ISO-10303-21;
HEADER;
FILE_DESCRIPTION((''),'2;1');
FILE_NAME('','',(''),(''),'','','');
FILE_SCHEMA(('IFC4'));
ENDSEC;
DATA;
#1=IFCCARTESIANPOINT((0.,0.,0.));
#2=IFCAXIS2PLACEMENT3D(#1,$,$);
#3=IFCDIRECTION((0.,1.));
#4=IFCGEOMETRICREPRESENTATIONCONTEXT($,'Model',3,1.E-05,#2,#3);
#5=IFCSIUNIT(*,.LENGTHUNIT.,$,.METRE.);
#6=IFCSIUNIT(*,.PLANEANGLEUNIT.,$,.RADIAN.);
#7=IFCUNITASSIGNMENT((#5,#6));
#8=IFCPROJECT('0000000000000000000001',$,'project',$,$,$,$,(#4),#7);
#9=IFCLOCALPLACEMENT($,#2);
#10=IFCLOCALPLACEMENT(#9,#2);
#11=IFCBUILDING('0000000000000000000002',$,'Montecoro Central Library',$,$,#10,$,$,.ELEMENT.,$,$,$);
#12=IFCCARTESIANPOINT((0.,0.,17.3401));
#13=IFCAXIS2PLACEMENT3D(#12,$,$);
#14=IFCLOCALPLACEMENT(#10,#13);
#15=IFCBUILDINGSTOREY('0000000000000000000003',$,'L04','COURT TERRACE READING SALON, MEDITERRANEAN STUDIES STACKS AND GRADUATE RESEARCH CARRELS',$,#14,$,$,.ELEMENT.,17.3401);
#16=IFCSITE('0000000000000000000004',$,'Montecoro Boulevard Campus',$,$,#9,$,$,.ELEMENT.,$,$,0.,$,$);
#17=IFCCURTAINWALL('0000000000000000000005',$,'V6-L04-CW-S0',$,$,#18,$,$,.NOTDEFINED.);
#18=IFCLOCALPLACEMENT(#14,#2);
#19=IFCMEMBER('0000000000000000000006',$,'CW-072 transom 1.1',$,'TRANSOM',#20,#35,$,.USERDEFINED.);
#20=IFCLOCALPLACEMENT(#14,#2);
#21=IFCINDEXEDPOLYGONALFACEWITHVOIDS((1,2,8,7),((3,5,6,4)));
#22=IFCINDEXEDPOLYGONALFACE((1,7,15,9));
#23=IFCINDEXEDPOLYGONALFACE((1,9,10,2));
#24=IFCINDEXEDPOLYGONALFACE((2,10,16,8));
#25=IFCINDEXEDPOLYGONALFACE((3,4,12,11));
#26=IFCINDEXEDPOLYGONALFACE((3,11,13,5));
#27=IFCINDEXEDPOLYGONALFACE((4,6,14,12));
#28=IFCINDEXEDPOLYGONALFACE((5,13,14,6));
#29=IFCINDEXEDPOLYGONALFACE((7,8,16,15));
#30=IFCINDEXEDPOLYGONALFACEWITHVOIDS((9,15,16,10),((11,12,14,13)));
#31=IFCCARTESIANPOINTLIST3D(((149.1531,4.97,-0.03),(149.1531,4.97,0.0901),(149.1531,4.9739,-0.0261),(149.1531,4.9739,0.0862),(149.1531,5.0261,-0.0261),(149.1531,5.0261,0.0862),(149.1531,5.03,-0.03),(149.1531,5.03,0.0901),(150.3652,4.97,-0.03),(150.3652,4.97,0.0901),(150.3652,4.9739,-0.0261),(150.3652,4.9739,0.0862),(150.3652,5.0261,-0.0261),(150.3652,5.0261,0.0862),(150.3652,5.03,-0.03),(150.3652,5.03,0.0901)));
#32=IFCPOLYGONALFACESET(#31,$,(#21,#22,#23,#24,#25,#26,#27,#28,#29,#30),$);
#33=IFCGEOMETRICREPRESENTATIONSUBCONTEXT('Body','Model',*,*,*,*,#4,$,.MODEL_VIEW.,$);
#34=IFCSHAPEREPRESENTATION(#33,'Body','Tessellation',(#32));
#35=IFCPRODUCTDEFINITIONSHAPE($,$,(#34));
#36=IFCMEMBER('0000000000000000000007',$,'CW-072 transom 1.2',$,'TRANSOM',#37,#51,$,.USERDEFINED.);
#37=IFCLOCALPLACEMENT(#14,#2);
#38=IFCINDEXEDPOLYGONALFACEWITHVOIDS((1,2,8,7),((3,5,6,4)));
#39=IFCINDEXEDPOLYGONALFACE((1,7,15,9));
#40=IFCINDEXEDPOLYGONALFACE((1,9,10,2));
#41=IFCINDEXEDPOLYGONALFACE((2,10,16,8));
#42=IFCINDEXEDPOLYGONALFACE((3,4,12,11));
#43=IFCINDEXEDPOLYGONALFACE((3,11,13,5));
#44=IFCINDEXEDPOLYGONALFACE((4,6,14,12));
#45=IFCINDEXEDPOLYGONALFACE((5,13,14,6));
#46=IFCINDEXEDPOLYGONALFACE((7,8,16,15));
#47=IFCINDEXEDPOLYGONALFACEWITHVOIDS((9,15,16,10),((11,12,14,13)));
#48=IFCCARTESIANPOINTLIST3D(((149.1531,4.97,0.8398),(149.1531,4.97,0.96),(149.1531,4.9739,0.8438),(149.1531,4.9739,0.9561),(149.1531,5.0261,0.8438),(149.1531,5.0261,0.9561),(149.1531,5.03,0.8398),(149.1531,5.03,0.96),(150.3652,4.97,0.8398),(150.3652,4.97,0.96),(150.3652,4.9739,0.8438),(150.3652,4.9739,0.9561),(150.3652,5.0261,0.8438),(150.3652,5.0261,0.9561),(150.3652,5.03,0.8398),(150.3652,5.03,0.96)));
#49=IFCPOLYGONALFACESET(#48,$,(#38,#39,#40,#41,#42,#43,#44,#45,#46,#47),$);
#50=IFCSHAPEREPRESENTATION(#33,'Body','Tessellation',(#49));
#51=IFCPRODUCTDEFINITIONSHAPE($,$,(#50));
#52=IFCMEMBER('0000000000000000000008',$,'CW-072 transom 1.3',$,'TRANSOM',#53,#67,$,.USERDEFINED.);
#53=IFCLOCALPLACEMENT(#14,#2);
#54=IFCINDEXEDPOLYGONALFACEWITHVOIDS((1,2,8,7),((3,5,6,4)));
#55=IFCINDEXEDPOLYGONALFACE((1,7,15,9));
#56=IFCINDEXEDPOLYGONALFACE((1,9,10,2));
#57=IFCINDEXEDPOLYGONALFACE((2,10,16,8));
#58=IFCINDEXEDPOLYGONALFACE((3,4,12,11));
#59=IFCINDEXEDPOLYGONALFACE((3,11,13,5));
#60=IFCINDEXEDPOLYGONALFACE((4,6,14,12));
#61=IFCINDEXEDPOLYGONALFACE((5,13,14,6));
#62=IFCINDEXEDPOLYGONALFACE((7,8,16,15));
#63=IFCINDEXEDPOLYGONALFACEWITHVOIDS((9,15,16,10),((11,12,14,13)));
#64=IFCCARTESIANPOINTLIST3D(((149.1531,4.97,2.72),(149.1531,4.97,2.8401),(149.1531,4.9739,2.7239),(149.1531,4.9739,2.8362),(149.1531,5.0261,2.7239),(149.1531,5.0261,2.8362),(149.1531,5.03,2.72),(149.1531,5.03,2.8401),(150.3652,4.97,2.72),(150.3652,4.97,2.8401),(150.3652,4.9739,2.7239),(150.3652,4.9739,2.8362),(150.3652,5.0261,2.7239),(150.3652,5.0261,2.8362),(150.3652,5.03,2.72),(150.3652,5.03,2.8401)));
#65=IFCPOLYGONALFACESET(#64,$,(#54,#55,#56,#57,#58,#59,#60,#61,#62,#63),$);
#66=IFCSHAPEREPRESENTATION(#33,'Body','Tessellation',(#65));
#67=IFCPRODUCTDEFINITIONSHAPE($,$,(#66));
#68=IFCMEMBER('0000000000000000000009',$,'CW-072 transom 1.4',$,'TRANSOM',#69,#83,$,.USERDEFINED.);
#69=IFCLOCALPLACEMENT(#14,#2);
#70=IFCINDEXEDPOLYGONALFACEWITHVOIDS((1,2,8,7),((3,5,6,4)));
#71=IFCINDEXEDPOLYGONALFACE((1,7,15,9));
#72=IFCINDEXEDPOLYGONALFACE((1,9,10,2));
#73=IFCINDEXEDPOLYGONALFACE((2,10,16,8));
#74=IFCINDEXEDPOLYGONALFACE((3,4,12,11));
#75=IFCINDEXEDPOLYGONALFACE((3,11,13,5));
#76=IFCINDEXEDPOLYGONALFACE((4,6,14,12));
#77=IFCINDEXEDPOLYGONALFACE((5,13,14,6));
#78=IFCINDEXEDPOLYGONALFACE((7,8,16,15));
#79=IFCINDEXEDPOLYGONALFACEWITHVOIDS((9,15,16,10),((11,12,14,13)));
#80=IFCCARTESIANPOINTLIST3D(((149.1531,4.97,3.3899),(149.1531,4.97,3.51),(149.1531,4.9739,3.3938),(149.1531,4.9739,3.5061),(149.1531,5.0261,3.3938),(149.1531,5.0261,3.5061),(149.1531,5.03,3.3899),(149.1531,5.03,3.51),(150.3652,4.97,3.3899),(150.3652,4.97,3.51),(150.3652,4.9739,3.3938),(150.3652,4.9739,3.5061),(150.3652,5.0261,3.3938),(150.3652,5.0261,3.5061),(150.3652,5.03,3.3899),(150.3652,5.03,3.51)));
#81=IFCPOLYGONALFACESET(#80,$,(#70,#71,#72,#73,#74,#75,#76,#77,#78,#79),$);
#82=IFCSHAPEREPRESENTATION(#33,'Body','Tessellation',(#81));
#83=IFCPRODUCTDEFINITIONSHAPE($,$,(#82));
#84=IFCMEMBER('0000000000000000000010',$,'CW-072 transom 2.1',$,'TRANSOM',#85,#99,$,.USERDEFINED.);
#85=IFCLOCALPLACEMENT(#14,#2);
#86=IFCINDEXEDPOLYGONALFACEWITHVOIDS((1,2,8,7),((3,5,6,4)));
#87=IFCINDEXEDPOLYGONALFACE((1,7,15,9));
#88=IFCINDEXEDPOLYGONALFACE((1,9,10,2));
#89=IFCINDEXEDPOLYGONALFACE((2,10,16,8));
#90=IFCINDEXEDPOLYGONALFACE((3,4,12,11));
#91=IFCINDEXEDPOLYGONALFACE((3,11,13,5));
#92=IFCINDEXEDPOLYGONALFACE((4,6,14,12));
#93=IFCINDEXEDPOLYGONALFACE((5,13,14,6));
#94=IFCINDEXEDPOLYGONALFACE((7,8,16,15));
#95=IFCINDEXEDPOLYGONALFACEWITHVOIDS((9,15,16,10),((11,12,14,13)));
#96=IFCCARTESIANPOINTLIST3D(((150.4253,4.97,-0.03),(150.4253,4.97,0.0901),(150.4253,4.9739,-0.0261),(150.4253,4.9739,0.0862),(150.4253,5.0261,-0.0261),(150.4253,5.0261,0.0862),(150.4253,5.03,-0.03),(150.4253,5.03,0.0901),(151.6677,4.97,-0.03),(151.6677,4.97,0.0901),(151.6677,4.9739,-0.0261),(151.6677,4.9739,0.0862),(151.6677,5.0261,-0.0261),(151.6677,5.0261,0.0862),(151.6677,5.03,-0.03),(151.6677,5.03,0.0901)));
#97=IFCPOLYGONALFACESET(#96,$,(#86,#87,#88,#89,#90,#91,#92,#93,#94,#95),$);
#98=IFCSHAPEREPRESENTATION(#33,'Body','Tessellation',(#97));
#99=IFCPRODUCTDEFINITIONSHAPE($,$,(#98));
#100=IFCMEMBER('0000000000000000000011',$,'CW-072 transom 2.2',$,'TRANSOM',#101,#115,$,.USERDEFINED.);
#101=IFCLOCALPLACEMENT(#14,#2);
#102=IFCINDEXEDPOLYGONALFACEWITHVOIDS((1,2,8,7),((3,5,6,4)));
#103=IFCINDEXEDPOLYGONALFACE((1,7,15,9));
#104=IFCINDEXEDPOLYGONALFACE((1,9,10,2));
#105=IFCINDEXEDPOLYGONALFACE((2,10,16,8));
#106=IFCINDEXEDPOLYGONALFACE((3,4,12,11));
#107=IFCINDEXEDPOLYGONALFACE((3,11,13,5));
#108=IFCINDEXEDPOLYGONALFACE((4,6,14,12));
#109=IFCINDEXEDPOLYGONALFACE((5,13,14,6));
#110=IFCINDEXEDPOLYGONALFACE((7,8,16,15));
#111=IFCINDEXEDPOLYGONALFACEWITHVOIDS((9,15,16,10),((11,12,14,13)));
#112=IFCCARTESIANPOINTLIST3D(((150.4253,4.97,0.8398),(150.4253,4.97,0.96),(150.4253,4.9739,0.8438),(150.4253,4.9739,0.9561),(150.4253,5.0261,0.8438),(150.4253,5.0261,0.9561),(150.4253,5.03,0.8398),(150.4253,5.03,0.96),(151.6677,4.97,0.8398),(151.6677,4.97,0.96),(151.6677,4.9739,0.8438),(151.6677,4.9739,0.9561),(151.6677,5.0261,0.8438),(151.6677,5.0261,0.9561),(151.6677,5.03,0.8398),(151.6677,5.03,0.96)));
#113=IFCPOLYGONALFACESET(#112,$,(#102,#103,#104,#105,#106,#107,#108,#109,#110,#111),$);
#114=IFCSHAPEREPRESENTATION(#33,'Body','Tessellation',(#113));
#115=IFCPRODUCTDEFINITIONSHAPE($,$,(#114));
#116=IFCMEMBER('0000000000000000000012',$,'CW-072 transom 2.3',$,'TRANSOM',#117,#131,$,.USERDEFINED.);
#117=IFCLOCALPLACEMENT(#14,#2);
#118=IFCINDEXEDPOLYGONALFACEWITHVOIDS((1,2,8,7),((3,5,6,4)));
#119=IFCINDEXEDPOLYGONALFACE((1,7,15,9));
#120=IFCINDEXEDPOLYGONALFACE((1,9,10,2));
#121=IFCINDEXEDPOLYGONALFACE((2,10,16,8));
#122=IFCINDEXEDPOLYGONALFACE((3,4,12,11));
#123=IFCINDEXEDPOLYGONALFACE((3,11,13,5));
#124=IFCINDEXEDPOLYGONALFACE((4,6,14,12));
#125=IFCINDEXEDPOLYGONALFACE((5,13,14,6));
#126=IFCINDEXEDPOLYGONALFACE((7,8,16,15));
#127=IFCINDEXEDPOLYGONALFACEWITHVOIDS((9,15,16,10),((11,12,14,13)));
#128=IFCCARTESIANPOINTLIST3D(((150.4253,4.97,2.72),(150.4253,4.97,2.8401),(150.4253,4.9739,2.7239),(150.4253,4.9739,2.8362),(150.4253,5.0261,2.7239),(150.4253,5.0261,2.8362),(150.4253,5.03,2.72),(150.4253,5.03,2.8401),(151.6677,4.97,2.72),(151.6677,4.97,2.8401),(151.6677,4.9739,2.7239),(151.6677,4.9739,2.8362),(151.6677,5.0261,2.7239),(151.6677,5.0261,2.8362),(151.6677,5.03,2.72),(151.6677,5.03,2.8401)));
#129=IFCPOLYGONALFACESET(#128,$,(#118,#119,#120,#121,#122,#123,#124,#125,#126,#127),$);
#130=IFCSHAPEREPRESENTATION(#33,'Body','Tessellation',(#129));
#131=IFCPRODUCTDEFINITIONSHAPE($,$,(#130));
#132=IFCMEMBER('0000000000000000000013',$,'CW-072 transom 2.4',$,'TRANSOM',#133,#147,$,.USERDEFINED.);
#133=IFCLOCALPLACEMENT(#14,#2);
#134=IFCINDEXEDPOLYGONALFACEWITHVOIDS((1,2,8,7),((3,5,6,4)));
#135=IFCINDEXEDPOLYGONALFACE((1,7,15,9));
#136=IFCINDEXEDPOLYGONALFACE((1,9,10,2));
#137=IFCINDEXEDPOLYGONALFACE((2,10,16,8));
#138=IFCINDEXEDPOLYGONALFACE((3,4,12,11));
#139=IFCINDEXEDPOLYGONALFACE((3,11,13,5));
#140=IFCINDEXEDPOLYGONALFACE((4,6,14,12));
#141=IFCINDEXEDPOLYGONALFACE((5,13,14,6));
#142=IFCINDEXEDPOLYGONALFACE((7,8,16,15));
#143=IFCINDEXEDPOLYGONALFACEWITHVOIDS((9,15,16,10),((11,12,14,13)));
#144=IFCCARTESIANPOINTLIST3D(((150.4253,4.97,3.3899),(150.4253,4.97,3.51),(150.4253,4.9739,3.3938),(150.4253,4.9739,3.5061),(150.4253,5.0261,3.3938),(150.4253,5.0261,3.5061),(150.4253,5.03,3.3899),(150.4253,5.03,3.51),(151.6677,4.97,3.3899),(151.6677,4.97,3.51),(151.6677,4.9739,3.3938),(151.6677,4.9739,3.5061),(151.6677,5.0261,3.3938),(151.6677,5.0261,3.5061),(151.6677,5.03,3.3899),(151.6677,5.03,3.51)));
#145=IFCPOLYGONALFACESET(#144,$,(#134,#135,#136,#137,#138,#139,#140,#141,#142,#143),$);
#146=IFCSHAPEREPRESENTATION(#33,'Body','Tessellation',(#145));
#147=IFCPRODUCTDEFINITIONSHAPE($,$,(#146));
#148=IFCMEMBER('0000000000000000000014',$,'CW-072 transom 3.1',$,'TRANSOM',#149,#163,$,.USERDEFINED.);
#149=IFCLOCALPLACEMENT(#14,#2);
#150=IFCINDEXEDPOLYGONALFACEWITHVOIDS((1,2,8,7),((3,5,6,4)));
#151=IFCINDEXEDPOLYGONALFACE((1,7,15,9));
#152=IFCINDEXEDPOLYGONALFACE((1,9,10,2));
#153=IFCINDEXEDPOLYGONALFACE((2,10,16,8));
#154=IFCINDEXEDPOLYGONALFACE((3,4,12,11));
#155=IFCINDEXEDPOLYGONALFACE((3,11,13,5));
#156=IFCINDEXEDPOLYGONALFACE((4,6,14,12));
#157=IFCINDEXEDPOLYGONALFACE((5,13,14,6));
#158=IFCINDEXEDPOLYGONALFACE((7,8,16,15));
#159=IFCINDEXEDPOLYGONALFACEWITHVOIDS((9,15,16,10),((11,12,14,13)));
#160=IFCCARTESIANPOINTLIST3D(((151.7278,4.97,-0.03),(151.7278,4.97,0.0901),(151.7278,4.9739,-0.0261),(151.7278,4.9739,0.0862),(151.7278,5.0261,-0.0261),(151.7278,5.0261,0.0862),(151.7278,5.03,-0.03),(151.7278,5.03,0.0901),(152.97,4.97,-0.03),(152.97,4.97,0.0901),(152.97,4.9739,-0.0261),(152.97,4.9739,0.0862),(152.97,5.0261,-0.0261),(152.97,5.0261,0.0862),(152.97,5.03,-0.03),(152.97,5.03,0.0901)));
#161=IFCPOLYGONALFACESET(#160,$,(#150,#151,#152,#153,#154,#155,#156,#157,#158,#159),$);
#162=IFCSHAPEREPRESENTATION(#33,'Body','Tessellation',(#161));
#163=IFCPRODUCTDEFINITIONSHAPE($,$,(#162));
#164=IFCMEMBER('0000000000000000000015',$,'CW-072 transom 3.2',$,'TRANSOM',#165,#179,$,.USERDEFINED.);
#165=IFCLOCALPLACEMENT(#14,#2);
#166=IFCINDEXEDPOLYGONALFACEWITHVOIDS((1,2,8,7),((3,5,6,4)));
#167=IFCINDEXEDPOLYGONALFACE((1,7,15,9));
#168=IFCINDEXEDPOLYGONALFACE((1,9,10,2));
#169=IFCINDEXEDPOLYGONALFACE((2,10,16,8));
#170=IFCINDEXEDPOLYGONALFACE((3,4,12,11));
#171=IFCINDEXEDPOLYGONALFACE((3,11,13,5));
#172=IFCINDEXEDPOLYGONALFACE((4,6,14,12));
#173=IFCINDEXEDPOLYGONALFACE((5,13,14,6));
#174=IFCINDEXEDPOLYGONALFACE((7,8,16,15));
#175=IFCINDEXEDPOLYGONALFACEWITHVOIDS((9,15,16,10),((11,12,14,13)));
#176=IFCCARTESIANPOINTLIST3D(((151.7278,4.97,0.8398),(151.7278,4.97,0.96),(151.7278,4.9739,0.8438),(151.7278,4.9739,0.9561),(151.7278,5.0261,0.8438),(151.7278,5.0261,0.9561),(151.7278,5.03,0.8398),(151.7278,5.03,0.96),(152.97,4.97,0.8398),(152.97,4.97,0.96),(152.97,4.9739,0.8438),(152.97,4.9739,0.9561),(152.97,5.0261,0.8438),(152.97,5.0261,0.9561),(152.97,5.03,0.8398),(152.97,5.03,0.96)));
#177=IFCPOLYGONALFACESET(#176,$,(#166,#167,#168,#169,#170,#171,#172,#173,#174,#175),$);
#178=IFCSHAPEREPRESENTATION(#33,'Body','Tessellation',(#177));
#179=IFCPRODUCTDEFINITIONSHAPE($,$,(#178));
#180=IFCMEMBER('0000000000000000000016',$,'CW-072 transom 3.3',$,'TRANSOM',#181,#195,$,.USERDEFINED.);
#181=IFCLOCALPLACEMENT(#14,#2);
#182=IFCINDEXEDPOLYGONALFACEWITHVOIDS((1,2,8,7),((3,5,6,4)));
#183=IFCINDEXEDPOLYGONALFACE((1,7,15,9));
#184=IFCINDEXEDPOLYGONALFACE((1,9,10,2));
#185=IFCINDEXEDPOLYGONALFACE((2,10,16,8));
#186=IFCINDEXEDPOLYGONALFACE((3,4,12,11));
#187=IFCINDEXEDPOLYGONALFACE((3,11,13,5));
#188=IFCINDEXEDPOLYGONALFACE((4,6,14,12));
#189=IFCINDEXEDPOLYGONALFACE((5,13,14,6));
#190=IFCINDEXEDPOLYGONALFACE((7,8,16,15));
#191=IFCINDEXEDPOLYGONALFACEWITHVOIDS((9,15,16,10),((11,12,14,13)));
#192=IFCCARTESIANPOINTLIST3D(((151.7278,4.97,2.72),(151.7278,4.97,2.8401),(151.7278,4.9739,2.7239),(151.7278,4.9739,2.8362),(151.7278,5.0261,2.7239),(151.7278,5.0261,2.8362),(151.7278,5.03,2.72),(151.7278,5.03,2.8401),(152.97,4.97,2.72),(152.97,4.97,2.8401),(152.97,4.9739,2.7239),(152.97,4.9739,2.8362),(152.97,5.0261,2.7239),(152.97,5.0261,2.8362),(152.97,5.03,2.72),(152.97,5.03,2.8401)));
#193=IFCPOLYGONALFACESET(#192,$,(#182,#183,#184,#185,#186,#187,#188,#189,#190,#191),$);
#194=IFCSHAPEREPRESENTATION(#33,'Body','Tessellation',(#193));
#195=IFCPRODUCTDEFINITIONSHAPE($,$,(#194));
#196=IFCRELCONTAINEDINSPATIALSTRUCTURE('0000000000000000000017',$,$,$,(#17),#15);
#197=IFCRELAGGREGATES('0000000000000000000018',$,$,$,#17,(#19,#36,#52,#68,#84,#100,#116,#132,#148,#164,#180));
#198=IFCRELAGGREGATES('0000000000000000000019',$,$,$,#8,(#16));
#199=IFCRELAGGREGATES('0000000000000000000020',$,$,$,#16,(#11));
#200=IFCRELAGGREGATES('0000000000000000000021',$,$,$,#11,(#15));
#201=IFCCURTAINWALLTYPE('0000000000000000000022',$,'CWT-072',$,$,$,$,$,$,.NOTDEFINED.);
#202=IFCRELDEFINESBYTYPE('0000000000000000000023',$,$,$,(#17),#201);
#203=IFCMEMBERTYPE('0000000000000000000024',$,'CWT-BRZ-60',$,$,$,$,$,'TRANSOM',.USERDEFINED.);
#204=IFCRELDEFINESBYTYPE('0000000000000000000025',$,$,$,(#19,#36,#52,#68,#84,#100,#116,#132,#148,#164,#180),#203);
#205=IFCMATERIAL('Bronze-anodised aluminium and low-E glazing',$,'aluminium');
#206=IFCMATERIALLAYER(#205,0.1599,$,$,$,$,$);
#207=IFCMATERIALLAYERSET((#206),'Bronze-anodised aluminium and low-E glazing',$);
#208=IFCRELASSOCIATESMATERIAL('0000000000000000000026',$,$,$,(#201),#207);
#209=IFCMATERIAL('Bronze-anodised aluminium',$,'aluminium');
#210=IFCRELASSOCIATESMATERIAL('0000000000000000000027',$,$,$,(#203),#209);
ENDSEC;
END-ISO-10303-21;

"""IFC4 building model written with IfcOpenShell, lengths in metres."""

from ifc_helpers import new_model, si_unit, direction, frame, origin, origin_2d, place, context, subcontext, project, spatial, hollow_rectangle, extrude, material, layer, layer_set, material_profile, profile_set, type_object, element, aggregate, save


model = new_model("IFC4")

# Units and contexts
model_context = context("Model", 3, precision=1e-05, world=origin(), true_north=direction((0.0, 1.0)))
body_context = subcontext(model_context, "Body", "Model", "MODEL_VIEW")
ifc_project = project(units=[si_unit("LENGTHUNIT", "METRE"), si_unit("PLANEANGLEUNIT", "RADIAN")], contexts=[model_context])

# Site, building, storey
site_placement = place(None, origin())
site = spatial("IfcSite", under=ifc_project, at=site_placement, Name="Montecoro Boulevard Campus", CompositionType="ELEMENT", RefElevation=0.0)
building_placement = place(site_placement, origin())
building = spatial("IfcBuilding", under=site, at=building_placement, Name="Montecoro Central Library", CompositionType="ELEMENT")
storey_placement = place(building_placement, frame((0.0, 0.0, 17.3401)))
storey = spatial("IfcBuildingStorey", under=building, at=storey_placement, Name="L04", Description="COURT TERRACE READING SALON, MEDITERRANEAN STUDIES STACKS AND GRADUATE RESEARCH CARRELS", CompositionType="ELEMENT", Elevation=17.3401)

# Curtain wall, members
ifc_material_1 = material(Name="Bronze-anodised aluminium and low-E glazing", Category="aluminium")
ifc_layer_1 = layer(ifc_material_1, 0.1599)
ifc_layer_set_1 = layer_set([ifc_layer_1], Name="Bronze-anodised aluminium and low-E glazing")
curtain_wall_type = type_object("IfcCurtainWallType", Name="CWT-072", PredefinedType="NOTDEFINED", material=ifc_layer_set_1)
curtain_wall_placement = place(storey_placement, origin())
curtain_wall = element("IfcCurtainWall", 1, at=curtain_wall_placement, inside=storey, type_object=curtain_wall_type, Name="V6-L04-CW-S0", PredefinedType="NOTDEFINED")
ifc_material_2 = material(Name="Bronze-anodised aluminium", Category="aluminium")
ifc_material_profile_1 = material_profile(ifc_material_2, hollow_rectangle(XDim=0.0601, YDim=0.1201, WallThickness=0.0039, at=origin_2d()), Name="CWT 120x60x4.0")
ifc_profile_set_1 = profile_set([ifc_material_profile_1], Name="Bronze-anodised aluminium")
member_type_1 = type_object("IfcMemberType", Name="CWT-BRZ-60", ElementType="TRANSOM", PredefinedType="USERDEFINED", material=ifc_profile_set_1)
member_1_placement = place(storey_placement, frame((149.1531, 5.0, 0.03), z_axis=(1.0, 0.0, 0.0), x_axis=(0.0, 1.0, 0.0)))
member_1 = element("IfcMember", 2, at=member_1_placement, type_object=member_type_1, Name="CW-072 transom 1.1", ObjectType="TRANSOM", PredefinedType="USERDEFINED", context=body_context, shape_type="SweptSolid", body=[
    extrude(hollow_rectangle(XDim=0.0601, YDim=0.1201, WallThickness=0.0039, at=origin_2d()), origin(), (0.0, 0.0, 1.0), 1.2122),
])
member_2_placement = place(storey_placement, frame((149.1531, 5.0, 0.8999), z_axis=(1.0, 0.0, 0.0), x_axis=(0.0, 1.0, 0.0)))
member_2 = element("IfcMember", 3, at=member_2_placement, type_object=member_type_1, Name="CW-072 transom 1.2", ObjectType="TRANSOM", PredefinedType="USERDEFINED", context=body_context, shape_type="SweptSolid", body=[
    extrude(hollow_rectangle(XDim=0.0601, YDim=0.1201, WallThickness=0.0039, at=origin_2d()), origin(), (0.0, 0.0, 1.0), 1.2122),
])
member_3_placement = place(storey_placement, frame((149.1531, 5.0, 2.78), z_axis=(1.0, 0.0, 0.0), x_axis=(0.0, 1.0, 0.0)))
member_3 = element("IfcMember", 4, at=member_3_placement, type_object=member_type_1, Name="CW-072 transom 1.3", ObjectType="TRANSOM", PredefinedType="USERDEFINED", context=body_context, shape_type="SweptSolid", body=[
    extrude(hollow_rectangle(XDim=0.0601, YDim=0.1201, WallThickness=0.0039, at=origin_2d()), origin(), (0.0, 0.0, 1.0), 1.2122),
])
member_4_placement = place(storey_placement, frame((149.1531, 5.0, 3.45), z_axis=(1.0, 0.0, 0.0), x_axis=(0.0, 1.0, 0.0)))
member_4 = element("IfcMember", 5, at=member_4_placement, type_object=member_type_1, Name="CW-072 transom 1.4", ObjectType="TRANSOM", PredefinedType="USERDEFINED", context=body_context, shape_type="SweptSolid", body=[
    extrude(hollow_rectangle(XDim=0.0601, YDim=0.1201, WallThickness=0.0039, at=origin_2d()), origin(), (0.0, 0.0, 1.0), 1.2122),
])
member_5_placement = place(storey_placement, frame((150.4253, 5.0, 0.03), z_axis=(1.0, 0.0, 0.0), x_axis=(0.0, 1.0, 0.0)))
member_5 = element("IfcMember", 6, at=member_5_placement, type_object=member_type_1, Name="CW-072 transom 2.1", ObjectType="TRANSOM", PredefinedType="USERDEFINED", context=body_context, shape_type="SweptSolid", body=[
    extrude(hollow_rectangle(XDim=0.0601, YDim=0.1201, WallThickness=0.0039, at=origin_2d()), origin(), (0.0, 0.0, 1.0), 1.2424),
])
member_6_placement = place(storey_placement, frame((150.4253, 5.0, 0.8999), z_axis=(1.0, 0.0, 0.0), x_axis=(0.0, 1.0, 0.0)))
member_6 = element("IfcMember", 7, at=member_6_placement, type_object=member_type_1, Name="CW-072 transom 2.2", ObjectType="TRANSOM", PredefinedType="USERDEFINED", context=body_context, shape_type="SweptSolid", body=[
    extrude(hollow_rectangle(XDim=0.0601, YDim=0.1201, WallThickness=0.0039, at=origin_2d()), origin(), (0.0, 0.0, 1.0), 1.2424),
])
member_7_placement = place(storey_placement, frame((150.4253, 5.0, 2.78), z_axis=(1.0, 0.0, 0.0), x_axis=(0.0, 1.0, 0.0)))
member_7 = element("IfcMember", 8, at=member_7_placement, type_object=member_type_1, Name="CW-072 transom 2.3", ObjectType="TRANSOM", PredefinedType="USERDEFINED", context=body_context, shape_type="SweptSolid", body=[
    extrude(hollow_rectangle(XDim=0.0601, YDim=0.1201, WallThickness=0.0039, at=origin_2d()), origin(), (0.0, 0.0, 1.0), 1.2424),
])
member_8_placement = place(storey_placement, frame((150.4253, 5.0, 3.45), z_axis=(1.0, 0.0, 0.0), x_axis=(0.0, 1.0, 0.0)))
member_8 = element("IfcMember", 9, at=member_8_placement, type_object=member_type_1, Name="CW-072 transom 2.4", ObjectType="TRANSOM", PredefinedType="USERDEFINED", context=body_context, shape_type="SweptSolid", body=[
    extrude(hollow_rectangle(XDim=0.0601, YDim=0.1201, WallThickness=0.0039, at=origin_2d()), origin(), (0.0, 0.0, 1.0), 1.2424),
])
member_9_placement = place(storey_placement, frame((151.7278, 5.0, 0.03), z_axis=(1.0, 0.0, 0.0), x_axis=(0.0, 1.0, 0.0)))
member_9 = element("IfcMember", 10, at=member_9_placement, type_object=member_type_1, Name="CW-072 transom 3.1", ObjectType="TRANSOM", PredefinedType="USERDEFINED", context=body_context, shape_type="SweptSolid", body=[
    extrude(hollow_rectangle(XDim=0.0601, YDim=0.1201, WallThickness=0.0039, at=origin_2d()), origin(), (0.0, 0.0, 1.0), 1.2422),
])
member_10_placement = place(storey_placement, frame((151.7278, 5.0, 0.8999), z_axis=(1.0, 0.0, 0.0), x_axis=(0.0, 1.0, 0.0)))
member_10 = element("IfcMember", 11, at=member_10_placement, type_object=member_type_1, Name="CW-072 transom 3.2", ObjectType="TRANSOM", PredefinedType="USERDEFINED", context=body_context, shape_type="SweptSolid", body=[
    extrude(hollow_rectangle(XDim=0.0601, YDim=0.1201, WallThickness=0.0039, at=origin_2d()), origin(), (0.0, 0.0, 1.0), 1.2422),
])
member_11_placement = place(storey_placement, frame((151.7278, 5.0, 2.78), z_axis=(1.0, 0.0, 0.0), x_axis=(0.0, 1.0, 0.0)))
member_11 = element("IfcMember", 12, at=member_11_placement, type_object=member_type_1, Name="CW-072 transom 3.3", ObjectType="TRANSOM", PredefinedType="USERDEFINED", context=body_context, shape_type="SweptSolid", body=[
    extrude(hollow_rectangle(XDim=0.0601, YDim=0.1201, WallThickness=0.0039, at=origin_2d()), origin(), (0.0, 0.0, 1.0), 1.2422),
])
aggregate(curtain_wall, [member_1, member_2, member_3, member_4, member_5, member_6, member_7, member_8, member_9, member_10, member_11])

save(model, "model.ifc")
